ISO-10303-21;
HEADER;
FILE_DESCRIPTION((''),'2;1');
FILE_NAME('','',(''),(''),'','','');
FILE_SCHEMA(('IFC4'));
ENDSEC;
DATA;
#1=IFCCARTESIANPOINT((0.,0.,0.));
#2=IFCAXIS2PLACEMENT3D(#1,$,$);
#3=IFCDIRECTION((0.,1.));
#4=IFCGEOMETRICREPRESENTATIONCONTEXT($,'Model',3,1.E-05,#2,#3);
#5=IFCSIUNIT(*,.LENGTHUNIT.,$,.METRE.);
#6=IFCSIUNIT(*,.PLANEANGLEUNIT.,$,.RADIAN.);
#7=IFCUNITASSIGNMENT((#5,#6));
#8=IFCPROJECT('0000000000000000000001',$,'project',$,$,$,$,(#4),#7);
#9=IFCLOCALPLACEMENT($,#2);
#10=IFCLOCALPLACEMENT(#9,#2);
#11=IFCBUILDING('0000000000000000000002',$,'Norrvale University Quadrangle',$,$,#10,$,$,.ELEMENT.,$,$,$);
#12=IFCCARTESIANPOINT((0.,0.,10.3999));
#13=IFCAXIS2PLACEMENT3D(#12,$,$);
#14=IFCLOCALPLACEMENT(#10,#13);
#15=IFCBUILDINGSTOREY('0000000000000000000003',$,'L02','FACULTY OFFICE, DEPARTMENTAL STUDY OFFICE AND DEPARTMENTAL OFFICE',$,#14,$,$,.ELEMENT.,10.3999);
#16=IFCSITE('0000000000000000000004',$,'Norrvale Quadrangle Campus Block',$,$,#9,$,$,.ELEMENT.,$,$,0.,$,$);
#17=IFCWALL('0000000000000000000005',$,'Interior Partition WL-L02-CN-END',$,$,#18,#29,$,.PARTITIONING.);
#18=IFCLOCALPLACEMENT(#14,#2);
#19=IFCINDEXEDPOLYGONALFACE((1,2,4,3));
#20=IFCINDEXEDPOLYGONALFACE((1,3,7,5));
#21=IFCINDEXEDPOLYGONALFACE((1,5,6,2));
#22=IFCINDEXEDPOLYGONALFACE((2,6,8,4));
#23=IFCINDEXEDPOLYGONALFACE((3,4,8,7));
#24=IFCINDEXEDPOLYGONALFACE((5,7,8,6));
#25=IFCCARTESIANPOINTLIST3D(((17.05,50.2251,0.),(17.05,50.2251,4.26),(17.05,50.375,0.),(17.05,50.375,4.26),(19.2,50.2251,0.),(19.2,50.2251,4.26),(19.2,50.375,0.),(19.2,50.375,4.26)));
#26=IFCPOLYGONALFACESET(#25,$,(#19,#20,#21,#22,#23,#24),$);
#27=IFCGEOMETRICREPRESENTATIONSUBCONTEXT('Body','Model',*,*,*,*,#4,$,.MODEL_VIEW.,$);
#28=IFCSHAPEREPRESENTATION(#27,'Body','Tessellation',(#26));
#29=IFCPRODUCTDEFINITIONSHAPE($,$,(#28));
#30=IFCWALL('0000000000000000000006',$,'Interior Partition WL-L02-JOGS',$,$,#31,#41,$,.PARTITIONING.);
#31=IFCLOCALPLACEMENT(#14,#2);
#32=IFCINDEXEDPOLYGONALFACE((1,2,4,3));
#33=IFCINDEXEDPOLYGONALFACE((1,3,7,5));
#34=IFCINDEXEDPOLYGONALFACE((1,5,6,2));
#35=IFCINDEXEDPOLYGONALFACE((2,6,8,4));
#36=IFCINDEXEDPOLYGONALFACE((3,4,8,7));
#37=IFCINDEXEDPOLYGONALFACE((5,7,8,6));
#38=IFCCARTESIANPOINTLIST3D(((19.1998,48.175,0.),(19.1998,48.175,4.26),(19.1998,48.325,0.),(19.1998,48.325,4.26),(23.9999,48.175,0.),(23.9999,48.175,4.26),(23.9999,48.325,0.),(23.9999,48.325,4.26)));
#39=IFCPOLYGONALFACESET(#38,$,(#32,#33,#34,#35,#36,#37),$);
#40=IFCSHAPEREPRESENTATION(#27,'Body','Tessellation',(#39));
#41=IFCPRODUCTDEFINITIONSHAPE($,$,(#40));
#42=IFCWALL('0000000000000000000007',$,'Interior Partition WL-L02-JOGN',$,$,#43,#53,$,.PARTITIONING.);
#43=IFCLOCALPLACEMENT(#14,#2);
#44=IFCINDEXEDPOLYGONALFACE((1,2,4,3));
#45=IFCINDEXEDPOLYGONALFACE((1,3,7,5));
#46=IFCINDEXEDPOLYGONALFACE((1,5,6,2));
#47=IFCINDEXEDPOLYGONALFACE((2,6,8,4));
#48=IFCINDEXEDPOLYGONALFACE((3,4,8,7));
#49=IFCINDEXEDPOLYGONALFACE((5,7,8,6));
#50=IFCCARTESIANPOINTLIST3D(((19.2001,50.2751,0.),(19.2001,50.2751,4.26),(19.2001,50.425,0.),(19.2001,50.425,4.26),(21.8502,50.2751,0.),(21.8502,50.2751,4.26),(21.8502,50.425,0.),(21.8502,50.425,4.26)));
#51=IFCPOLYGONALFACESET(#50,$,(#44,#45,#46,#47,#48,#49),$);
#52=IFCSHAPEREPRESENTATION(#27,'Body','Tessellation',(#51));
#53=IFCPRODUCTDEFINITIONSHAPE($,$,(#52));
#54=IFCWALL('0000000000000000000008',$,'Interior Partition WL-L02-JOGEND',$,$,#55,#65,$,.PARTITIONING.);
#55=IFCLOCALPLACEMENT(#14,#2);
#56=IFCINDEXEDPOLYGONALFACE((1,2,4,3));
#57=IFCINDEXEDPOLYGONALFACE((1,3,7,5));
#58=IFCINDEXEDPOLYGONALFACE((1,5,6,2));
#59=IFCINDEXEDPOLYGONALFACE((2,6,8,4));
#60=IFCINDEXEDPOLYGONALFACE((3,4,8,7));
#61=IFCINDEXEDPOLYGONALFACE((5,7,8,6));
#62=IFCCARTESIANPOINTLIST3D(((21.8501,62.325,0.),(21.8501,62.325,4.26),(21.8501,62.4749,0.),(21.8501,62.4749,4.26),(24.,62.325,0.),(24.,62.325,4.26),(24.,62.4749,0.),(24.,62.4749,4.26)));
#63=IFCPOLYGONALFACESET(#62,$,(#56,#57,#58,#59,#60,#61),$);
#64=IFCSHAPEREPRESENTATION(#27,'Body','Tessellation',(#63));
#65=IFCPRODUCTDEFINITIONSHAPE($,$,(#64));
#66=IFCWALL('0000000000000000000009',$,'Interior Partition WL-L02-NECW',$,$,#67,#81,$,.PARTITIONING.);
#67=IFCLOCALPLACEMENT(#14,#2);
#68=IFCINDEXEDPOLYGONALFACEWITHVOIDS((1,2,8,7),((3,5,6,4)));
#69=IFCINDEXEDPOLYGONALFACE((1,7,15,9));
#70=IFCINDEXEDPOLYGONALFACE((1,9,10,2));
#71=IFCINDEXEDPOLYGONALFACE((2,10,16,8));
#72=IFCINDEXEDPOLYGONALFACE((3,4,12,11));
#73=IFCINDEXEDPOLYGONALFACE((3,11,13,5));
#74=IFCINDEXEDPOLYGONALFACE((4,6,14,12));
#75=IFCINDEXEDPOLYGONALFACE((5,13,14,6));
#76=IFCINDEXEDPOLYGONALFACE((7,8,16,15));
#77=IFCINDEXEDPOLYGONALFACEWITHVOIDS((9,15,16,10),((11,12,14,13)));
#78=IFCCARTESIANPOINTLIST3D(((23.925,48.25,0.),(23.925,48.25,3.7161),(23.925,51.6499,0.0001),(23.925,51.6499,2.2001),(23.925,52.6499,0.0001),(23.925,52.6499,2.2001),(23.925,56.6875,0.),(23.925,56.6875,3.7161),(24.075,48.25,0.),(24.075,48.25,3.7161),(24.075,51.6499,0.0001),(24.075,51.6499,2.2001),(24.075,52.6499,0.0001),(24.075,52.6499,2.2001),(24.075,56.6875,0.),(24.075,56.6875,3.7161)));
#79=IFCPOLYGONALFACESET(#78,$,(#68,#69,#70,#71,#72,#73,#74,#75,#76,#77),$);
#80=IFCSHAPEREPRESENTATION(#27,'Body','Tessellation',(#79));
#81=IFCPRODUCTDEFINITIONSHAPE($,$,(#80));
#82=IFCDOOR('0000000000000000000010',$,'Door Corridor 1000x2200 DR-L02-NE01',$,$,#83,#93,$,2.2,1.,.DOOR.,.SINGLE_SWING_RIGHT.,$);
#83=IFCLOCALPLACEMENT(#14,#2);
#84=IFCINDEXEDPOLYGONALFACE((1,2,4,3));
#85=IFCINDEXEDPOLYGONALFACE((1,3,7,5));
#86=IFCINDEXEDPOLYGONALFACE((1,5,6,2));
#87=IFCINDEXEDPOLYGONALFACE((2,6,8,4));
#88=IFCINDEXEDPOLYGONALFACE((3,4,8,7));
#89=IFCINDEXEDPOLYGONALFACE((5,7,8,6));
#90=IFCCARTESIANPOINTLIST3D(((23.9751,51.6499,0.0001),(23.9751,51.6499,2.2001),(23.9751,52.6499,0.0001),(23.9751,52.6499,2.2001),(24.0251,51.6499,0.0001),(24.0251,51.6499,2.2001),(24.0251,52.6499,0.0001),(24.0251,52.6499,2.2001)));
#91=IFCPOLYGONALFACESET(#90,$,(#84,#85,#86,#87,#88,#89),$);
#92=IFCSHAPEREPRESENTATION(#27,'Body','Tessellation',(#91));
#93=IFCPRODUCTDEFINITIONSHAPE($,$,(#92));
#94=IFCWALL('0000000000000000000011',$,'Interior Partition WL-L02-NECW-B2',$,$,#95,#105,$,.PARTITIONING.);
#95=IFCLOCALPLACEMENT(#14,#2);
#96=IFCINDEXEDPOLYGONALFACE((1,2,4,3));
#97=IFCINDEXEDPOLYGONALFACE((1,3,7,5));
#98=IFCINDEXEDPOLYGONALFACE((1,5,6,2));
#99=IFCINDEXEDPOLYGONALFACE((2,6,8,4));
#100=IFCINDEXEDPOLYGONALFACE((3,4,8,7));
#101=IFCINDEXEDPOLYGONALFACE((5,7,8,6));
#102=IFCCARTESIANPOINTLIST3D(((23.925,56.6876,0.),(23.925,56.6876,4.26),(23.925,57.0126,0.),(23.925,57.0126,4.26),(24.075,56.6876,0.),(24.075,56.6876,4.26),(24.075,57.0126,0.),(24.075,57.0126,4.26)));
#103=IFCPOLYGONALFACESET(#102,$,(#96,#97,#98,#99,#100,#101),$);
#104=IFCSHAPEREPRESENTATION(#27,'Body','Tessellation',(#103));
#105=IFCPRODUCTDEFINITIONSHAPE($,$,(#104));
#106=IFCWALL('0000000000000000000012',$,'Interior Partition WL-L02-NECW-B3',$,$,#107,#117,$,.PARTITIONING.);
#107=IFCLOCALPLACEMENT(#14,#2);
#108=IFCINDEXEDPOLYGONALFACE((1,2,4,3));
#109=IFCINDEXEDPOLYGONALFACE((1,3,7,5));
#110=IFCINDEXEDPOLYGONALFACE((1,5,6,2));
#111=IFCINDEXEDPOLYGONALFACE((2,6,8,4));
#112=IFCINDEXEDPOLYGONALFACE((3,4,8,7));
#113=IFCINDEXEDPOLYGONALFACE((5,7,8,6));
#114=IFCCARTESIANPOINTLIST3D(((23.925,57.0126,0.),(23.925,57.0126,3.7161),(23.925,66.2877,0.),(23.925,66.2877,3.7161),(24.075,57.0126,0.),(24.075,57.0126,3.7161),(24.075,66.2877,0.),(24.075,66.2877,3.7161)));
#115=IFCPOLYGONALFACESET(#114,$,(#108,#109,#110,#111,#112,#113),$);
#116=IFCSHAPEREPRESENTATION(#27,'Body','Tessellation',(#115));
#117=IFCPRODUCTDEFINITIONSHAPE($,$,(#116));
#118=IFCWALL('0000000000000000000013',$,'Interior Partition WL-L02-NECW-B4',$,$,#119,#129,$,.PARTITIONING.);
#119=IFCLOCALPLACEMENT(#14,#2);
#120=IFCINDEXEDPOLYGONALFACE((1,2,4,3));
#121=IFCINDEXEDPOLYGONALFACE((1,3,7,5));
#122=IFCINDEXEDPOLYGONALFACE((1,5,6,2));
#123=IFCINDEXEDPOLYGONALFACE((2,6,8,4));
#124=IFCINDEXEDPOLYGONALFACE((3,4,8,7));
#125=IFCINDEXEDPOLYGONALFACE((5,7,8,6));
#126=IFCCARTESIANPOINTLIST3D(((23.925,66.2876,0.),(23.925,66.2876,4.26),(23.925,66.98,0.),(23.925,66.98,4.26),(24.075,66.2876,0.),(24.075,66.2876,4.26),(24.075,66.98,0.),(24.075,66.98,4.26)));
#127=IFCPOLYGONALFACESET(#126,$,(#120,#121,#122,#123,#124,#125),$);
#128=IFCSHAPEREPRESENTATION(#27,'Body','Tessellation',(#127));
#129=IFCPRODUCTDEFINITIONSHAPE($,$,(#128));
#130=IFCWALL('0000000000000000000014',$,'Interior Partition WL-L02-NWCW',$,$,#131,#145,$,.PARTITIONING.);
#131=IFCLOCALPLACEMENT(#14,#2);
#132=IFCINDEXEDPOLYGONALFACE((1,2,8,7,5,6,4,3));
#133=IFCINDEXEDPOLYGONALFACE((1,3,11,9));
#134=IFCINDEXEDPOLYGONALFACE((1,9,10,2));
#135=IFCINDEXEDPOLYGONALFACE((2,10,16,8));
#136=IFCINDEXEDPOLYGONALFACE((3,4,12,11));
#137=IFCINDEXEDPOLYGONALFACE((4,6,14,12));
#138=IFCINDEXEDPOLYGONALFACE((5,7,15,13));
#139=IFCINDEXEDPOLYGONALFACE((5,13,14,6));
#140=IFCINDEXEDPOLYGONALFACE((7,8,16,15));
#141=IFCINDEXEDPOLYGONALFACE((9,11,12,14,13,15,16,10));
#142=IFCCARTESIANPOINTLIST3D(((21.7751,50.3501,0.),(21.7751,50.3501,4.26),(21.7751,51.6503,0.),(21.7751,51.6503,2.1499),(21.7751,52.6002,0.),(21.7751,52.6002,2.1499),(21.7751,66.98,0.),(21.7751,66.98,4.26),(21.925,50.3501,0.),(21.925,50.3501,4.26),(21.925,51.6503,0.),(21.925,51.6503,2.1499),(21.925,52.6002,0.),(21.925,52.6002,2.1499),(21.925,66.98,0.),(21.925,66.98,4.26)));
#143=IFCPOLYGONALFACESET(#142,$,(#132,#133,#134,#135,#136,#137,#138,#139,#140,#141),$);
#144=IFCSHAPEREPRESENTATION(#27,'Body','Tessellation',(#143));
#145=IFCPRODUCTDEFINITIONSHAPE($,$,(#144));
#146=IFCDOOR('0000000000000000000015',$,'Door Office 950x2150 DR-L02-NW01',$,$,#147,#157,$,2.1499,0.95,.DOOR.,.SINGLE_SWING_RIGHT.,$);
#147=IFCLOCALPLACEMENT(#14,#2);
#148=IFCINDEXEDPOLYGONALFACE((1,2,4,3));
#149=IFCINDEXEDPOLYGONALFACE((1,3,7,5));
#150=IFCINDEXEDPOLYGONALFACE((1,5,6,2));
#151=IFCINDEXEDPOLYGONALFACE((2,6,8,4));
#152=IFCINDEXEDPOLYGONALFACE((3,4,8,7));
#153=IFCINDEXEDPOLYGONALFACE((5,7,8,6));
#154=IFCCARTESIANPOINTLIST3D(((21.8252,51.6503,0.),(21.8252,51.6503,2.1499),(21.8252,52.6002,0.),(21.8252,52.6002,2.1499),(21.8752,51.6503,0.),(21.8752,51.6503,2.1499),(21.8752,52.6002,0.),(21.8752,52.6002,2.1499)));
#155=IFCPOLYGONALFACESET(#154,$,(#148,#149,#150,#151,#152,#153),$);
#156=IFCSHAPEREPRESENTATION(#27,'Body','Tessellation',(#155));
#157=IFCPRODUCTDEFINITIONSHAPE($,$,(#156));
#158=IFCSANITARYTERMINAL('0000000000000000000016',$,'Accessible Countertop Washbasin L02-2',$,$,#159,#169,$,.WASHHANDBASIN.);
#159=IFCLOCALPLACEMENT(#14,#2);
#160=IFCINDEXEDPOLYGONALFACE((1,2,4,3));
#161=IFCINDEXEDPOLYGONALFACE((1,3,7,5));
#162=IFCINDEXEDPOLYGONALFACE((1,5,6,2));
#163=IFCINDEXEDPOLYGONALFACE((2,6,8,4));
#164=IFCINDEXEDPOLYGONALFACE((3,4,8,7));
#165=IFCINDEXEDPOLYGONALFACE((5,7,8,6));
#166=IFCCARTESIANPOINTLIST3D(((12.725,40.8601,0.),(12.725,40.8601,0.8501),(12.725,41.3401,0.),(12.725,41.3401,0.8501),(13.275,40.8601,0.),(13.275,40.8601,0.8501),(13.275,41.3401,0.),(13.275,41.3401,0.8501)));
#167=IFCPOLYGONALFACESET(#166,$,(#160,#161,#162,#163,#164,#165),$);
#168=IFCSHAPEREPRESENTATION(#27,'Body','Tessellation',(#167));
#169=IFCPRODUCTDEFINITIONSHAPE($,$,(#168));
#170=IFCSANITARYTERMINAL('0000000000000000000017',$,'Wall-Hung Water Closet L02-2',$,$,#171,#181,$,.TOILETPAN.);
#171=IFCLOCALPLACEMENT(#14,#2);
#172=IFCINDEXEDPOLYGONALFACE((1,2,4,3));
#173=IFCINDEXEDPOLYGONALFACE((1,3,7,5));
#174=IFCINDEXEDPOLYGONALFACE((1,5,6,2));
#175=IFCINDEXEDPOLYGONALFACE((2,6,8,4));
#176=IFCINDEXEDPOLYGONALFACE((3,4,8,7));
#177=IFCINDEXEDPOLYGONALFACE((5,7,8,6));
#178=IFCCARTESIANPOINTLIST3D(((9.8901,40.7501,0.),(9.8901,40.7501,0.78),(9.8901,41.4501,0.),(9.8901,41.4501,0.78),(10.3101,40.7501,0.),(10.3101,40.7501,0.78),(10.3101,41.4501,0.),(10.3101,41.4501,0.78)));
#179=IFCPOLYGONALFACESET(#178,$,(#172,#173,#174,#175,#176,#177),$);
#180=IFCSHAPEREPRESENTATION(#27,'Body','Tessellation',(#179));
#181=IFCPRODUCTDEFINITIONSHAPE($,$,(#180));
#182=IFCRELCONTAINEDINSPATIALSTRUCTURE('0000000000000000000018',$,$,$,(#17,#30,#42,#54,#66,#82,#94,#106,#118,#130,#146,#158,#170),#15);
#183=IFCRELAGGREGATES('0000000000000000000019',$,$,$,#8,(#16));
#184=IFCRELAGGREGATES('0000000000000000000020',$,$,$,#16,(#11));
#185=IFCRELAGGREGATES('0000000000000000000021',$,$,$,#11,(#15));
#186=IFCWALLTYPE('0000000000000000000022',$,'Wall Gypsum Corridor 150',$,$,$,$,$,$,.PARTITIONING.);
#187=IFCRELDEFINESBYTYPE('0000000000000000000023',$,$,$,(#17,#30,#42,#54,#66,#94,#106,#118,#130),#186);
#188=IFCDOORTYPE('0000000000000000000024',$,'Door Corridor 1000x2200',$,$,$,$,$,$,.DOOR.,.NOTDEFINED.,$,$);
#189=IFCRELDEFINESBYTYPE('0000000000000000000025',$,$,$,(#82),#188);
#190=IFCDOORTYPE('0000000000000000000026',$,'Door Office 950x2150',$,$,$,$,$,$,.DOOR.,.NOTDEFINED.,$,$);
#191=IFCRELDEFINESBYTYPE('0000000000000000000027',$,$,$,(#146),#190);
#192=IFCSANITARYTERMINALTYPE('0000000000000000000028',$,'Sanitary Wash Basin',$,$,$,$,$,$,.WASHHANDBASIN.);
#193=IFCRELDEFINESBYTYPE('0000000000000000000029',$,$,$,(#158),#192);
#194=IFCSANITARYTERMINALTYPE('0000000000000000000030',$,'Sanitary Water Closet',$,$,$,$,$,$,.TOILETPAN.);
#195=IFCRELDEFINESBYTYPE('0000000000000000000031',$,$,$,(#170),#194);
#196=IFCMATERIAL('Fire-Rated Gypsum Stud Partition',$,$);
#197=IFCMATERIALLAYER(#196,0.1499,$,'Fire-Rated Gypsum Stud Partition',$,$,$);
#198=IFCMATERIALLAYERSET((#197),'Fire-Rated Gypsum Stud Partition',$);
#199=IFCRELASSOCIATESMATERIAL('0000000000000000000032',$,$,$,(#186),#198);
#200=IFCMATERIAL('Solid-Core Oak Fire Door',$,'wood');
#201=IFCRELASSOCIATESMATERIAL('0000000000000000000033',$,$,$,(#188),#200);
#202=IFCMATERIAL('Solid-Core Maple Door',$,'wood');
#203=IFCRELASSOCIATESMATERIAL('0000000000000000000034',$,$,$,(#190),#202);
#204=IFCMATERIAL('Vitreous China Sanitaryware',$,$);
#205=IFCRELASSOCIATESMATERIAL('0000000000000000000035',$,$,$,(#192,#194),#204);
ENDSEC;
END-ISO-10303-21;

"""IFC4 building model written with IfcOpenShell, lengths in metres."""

from ifc_helpers import new_model, si_unit, direction, frame, frame_2d, origin, origin_2d, place, context, subcontext, project, spatial, rectangle, extrude, material, layer, layer_set, type_object, element, fill, save


model = new_model("IFC4")

# Units and contexts
model_context = context("Model", 3, precision=1e-05, world=origin(), true_north=direction((0.0, 1.0)))
body_context = subcontext(model_context, "Body", "Model", "MODEL_VIEW")
ifc_project = project(units=[si_unit("LENGTHUNIT", "METRE"), si_unit("PLANEANGLEUNIT", "RADIAN")], contexts=[model_context])

# Site, building, storey
site_placement = place(None, origin())
site = spatial("IfcSite", under=ifc_project, at=site_placement, Name="Norrvale Quadrangle Campus Block", CompositionType="ELEMENT", RefElevation=0.0)
building_placement = place(site_placement, origin())
building = spatial("IfcBuilding", under=site, at=building_placement, Name="Norrvale University Quadrangle", CompositionType="ELEMENT")
storey_placement = place(building_placement, frame((0.0, 0.0, 10.3999)))
storey = spatial("IfcBuildingStorey", under=building, at=storey_placement, Name="L02", Description="FACULTY OFFICE, DEPARTMENTAL STUDY OFFICE AND DEPARTMENTAL OFFICE", CompositionType="ELEMENT", Elevation=10.3999)

# Walls
ifc_material_1 = material(Name="Fire-Rated Gypsum Stud Partition")
ifc_layer_1 = layer(ifc_material_1, 0.1499, Name="Fire-Rated Gypsum Stud Partition")
ifc_layer_set_1 = layer_set([ifc_layer_1], Name="Fire-Rated Gypsum Stud Partition")
wall_type = type_object("IfcWallType", Name="Wall Gypsum Corridor 150", PredefinedType="PARTITIONING", material=ifc_layer_set_1)
wall_1_placement = place(storey_placement, frame((17.05, 50.3, 0.0), z_axis=(0.0, 0.0, 1.0), x_axis=(1.0, 0.0, 0.0)))
element("IfcWall", 1, at=wall_1_placement, inside=storey, type_object=wall_type, Name="Interior Partition WL-L02-CN-END", PredefinedType="PARTITIONING", context=body_context, shape_type="SweptSolid", body=[
    extrude(rectangle(XDim=2.1499, YDim=0.1499, at=frame_2d((1.075, 0.0))), origin(), (0.0, 0.0, 1.0), 4.26),
])
wall_2_placement = place(storey_placement, frame((19.2, 48.25, 0.0), z_axis=(0.0, 0.0, 1.0), x_axis=(1.0, 0.0, 0.0)))
element("IfcWall", 2, at=wall_2_placement, inside=storey, type_object=wall_type, Name="Interior Partition WL-L02-JOGS", PredefinedType="PARTITIONING", context=body_context, shape_type="SweptSolid", body=[
    extrude(rectangle(XDim=4.8, YDim=0.1499, at=frame_2d((2.3999, 0.0))), origin(), (0.0, 0.0, 1.0), 4.26),
])
wall_3_placement = place(storey_placement, frame((19.2, 50.3501, 0.0), z_axis=(0.0, 0.0, 1.0), x_axis=(1.0, 0.0, 0.0)))
element("IfcWall", 3, at=wall_3_placement, inside=storey, type_object=wall_type, Name="Interior Partition WL-L02-JOGN", PredefinedType="PARTITIONING", context=body_context, shape_type="SweptSolid", body=[
    extrude(rectangle(XDim=2.6501, YDim=0.1499, at=frame_2d((1.3252, 0.0))), origin(), (0.0, 0.0, 1.0), 4.26),
])
wall_4_placement = place(storey_placement, frame((21.8501, 62.3999, 0.0), z_axis=(0.0, 0.0, 1.0), x_axis=(1.0, 0.0, 0.0)))
element("IfcWall", 4, at=wall_4_placement, inside=storey, type_object=wall_type, Name="Interior Partition WL-L02-JOGEND", PredefinedType="PARTITIONING", context=body_context, shape_type="SweptSolid", body=[
    extrude(rectangle(XDim=2.1499, YDim=0.1499, at=frame_2d((1.075, 0.0))), origin(), (0.0, 0.0, 1.0), 4.26),
])

# Wall, opening, door
wall_5_placement = place(storey_placement, frame((24.0, 48.25, 0.0), z_axis=(0.0, 0.0, 1.0), x_axis=(0.0, 1.0, 0.0)))
wall_5 = element("IfcWall", 5, at=wall_5_placement, inside=storey, type_object=wall_type, Name="Interior Partition WL-L02-NECW", PredefinedType="PARTITIONING", context=body_context, shape_type="SweptSolid", body=[
    extrude(rectangle(XDim=8.4375, YDim=0.1499, at=frame_2d((4.2188, 0.0))), origin(), (0.0, 0.0, 1.0), 3.7161),
])
opening_1_placement = place(wall_5_placement, frame((3.3999, 0.0, 0.0)))
opening_1 = element("IfcOpeningElement", 6, at=opening_1_placement, cuts=wall_5, PredefinedType="OPENING", context=body_context, shape_type="SweptSolid", body=[
    extrude(rectangle(XDim=1.0, YDim=2.2, at=frame_2d((0.5, 1.1001))), frame((0.0, 0.0869, 0.0), z_axis=(0.0, -1.0, 0.0), x_axis=(1.0, 0.0, 0.0)), (0.0, 0.0, 1.0), 0.1738),
])
ifc_material_2 = material(Name="Solid-Core Oak Fire Door", Category="wood")
door_type_1 = type_object("IfcDoorType", Name="Door Corridor 1000x2200", OperationType="NOTDEFINED", PredefinedType="DOOR", material=ifc_material_2)
door_1_placement = place(opening_1_placement, origin())
door_1 = element("IfcDoor", 7, at=door_1_placement, inside=storey, type_object=door_type_1, Name="Door Corridor 1000x2200 DR-L02-NE01", OperationType="SINGLE_SWING_RIGHT", OverallHeight=2.2, OverallWidth=1.0, PredefinedType="DOOR", context=body_context, shape_type="SweptSolid", body=[
    extrude(rectangle(XDim=1.0, YDim=2.2, at=frame_2d((0.5, 1.1001))), frame((0.0, 0.0249, 0.0), z_axis=(0.0, -1.0, 0.0), x_axis=(1.0, 0.0, 0.0)), (0.0, 0.0, 1.0), 0.05),
])
fill(opening_1, door_1)

# Walls
wall_6_placement = place(storey_placement, frame((24.0, 56.6875, 0.0), z_axis=(0.0, 0.0, 1.0), x_axis=(0.0, 1.0, 0.0)))
element("IfcWall", 8, at=wall_6_placement, inside=storey, type_object=wall_type, Name="Interior Partition WL-L02-NECW-B2", PredefinedType="PARTITIONING", context=body_context, shape_type="SweptSolid", body=[
    extrude(rectangle(XDim=0.325, YDim=0.1499, at=frame_2d((0.1626, 0.0))), origin(), (0.0, 0.0, 1.0), 4.26),
])
wall_7_placement = place(storey_placement, frame((24.0, 57.0125, 0.0), z_axis=(0.0, 0.0, 1.0), x_axis=(0.0, 1.0, 0.0)))
element("IfcWall", 9, at=wall_7_placement, inside=storey, type_object=wall_type, Name="Interior Partition WL-L02-NECW-B3", PredefinedType="PARTITIONING", context=body_context, shape_type="SweptSolid", body=[
    extrude(rectangle(XDim=9.2751, YDim=0.1499, at=frame_2d((4.6377, 0.0))), origin(), (0.0, 0.0, 1.0), 3.7161),
])
wall_8_placement = place(storey_placement, frame((24.0, 66.2876, 0.0), z_axis=(0.0, 0.0, 1.0), x_axis=(0.0, 1.0, 0.0)))
element("IfcWall", 10, at=wall_8_placement, inside=storey, type_object=wall_type, Name="Interior Partition WL-L02-NECW-B4", PredefinedType="PARTITIONING", context=body_context, shape_type="SweptSolid", body=[
    extrude(rectangle(XDim=0.6924, YDim=0.1499, at=frame_2d((0.3462, 0.0))), origin(), (0.0, 0.0, 1.0), 4.26),
])

# Wall, opening, door
wall_9_placement = place(storey_placement, frame((21.8501, 50.3501, 0.0), z_axis=(0.0, 0.0, 1.0), x_axis=(0.0, 1.0, 0.0)))
wall_9 = element("IfcWall", 11, at=wall_9_placement, inside=storey, type_object=wall_type, Name="Interior Partition WL-L02-NWCW", PredefinedType="PARTITIONING", context=body_context, shape_type="SweptSolid", body=[
    extrude(rectangle(XDim=16.6299, YDim=0.1499, at=frame_2d((8.3149, 0.0))), origin(), (0.0, 0.0, 1.0), 4.26),
])
opening_2_placement = place(wall_9_placement, frame((1.3, 0.0, 0.0)))
opening_2 = element("IfcOpeningElement", 12, at=opening_2_placement, cuts=wall_9, PredefinedType="OPENING", context=body_context, shape_type="SweptSolid", body=[
    extrude(rectangle(XDim=0.95, YDim=2.1499, at=frame_2d((0.4751, 1.075))), frame((0.0, 0.0869, 0.0), z_axis=(0.0, -1.0, 0.0), x_axis=(1.0, 0.0, 0.0)), (0.0, 0.0, 1.0), 0.1738),
])
ifc_material_3 = material(Name="Solid-Core Maple Door", Category="wood")
door_type_2 = type_object("IfcDoorType", Name="Door Office 950x2150", OperationType="NOTDEFINED", PredefinedType="DOOR", material=ifc_material_3)
door_2_placement = place(opening_2_placement, origin())
door_2 = element("IfcDoor", 13, at=door_2_placement, inside=storey, type_object=door_type_2, Name="Door Office 950x2150 DR-L02-NW01", OperationType="SINGLE_SWING_RIGHT", OverallHeight=2.1499, OverallWidth=0.95, PredefinedType="DOOR", context=body_context, shape_type="SweptSolid", body=[
    extrude(rectangle(XDim=0.95, YDim=2.1499, at=frame_2d((0.4751, 1.075))), frame((0.0, 0.0249, 0.0), z_axis=(0.0, -1.0, 0.0), x_axis=(1.0, 0.0, 0.0)), (0.0, 0.0, 1.0), 0.05),
])
fill(opening_2, door_2)

# Sanitary terminals
ifc_material_4 = material(Name="Vitreous China Sanitaryware")
sanitary_terminal_type_1 = type_object("IfcSanitaryTerminalType", Name="Sanitary Wash Basin", PredefinedType="WASHHANDBASIN", material=ifc_material_4)
sanitary_terminal_1_placement = place(storey_placement, frame((13.0, 41.1001, 0.0), z_axis=(0.0, 0.0, 1.0), x_axis=(1.0, 0.0, 0.0)))
element("IfcSanitaryTerminal", 14, at=sanitary_terminal_1_placement, inside=storey, type_object=sanitary_terminal_type_1, Name="Accessible Countertop Washbasin L02-2", PredefinedType="WASHHANDBASIN", context=body_context, shape_type="SweptSolid", body=[
    extrude(rectangle(XDim=0.55, YDim=0.48, at=origin_2d()), origin(), (0.0, 0.0, 1.0), 0.8501),
])
sanitary_terminal_type_2 = type_object("IfcSanitaryTerminalType", Name="Sanitary Water Closet", PredefinedType="TOILETPAN", material=ifc_material_4)
sanitary_terminal_2_placement = place(storey_placement, frame((10.1001, 41.1001, 0.0), z_axis=(0.0, 0.0, 1.0), x_axis=(1.0, 0.0, 0.0)))
element("IfcSanitaryTerminal", 15, at=sanitary_terminal_2_placement, inside=storey, type_object=sanitary_terminal_type_2, Name="Wall-Hung Water Closet L02-2", PredefinedType="TOILETPAN", context=body_context, shape_type="SweptSolid", body=[
    extrude(rectangle(XDim=0.4199, YDim=0.7, at=origin_2d()), origin(), (0.0, 0.0, 1.0), 0.78),
])

save(model, "model.ifc")
